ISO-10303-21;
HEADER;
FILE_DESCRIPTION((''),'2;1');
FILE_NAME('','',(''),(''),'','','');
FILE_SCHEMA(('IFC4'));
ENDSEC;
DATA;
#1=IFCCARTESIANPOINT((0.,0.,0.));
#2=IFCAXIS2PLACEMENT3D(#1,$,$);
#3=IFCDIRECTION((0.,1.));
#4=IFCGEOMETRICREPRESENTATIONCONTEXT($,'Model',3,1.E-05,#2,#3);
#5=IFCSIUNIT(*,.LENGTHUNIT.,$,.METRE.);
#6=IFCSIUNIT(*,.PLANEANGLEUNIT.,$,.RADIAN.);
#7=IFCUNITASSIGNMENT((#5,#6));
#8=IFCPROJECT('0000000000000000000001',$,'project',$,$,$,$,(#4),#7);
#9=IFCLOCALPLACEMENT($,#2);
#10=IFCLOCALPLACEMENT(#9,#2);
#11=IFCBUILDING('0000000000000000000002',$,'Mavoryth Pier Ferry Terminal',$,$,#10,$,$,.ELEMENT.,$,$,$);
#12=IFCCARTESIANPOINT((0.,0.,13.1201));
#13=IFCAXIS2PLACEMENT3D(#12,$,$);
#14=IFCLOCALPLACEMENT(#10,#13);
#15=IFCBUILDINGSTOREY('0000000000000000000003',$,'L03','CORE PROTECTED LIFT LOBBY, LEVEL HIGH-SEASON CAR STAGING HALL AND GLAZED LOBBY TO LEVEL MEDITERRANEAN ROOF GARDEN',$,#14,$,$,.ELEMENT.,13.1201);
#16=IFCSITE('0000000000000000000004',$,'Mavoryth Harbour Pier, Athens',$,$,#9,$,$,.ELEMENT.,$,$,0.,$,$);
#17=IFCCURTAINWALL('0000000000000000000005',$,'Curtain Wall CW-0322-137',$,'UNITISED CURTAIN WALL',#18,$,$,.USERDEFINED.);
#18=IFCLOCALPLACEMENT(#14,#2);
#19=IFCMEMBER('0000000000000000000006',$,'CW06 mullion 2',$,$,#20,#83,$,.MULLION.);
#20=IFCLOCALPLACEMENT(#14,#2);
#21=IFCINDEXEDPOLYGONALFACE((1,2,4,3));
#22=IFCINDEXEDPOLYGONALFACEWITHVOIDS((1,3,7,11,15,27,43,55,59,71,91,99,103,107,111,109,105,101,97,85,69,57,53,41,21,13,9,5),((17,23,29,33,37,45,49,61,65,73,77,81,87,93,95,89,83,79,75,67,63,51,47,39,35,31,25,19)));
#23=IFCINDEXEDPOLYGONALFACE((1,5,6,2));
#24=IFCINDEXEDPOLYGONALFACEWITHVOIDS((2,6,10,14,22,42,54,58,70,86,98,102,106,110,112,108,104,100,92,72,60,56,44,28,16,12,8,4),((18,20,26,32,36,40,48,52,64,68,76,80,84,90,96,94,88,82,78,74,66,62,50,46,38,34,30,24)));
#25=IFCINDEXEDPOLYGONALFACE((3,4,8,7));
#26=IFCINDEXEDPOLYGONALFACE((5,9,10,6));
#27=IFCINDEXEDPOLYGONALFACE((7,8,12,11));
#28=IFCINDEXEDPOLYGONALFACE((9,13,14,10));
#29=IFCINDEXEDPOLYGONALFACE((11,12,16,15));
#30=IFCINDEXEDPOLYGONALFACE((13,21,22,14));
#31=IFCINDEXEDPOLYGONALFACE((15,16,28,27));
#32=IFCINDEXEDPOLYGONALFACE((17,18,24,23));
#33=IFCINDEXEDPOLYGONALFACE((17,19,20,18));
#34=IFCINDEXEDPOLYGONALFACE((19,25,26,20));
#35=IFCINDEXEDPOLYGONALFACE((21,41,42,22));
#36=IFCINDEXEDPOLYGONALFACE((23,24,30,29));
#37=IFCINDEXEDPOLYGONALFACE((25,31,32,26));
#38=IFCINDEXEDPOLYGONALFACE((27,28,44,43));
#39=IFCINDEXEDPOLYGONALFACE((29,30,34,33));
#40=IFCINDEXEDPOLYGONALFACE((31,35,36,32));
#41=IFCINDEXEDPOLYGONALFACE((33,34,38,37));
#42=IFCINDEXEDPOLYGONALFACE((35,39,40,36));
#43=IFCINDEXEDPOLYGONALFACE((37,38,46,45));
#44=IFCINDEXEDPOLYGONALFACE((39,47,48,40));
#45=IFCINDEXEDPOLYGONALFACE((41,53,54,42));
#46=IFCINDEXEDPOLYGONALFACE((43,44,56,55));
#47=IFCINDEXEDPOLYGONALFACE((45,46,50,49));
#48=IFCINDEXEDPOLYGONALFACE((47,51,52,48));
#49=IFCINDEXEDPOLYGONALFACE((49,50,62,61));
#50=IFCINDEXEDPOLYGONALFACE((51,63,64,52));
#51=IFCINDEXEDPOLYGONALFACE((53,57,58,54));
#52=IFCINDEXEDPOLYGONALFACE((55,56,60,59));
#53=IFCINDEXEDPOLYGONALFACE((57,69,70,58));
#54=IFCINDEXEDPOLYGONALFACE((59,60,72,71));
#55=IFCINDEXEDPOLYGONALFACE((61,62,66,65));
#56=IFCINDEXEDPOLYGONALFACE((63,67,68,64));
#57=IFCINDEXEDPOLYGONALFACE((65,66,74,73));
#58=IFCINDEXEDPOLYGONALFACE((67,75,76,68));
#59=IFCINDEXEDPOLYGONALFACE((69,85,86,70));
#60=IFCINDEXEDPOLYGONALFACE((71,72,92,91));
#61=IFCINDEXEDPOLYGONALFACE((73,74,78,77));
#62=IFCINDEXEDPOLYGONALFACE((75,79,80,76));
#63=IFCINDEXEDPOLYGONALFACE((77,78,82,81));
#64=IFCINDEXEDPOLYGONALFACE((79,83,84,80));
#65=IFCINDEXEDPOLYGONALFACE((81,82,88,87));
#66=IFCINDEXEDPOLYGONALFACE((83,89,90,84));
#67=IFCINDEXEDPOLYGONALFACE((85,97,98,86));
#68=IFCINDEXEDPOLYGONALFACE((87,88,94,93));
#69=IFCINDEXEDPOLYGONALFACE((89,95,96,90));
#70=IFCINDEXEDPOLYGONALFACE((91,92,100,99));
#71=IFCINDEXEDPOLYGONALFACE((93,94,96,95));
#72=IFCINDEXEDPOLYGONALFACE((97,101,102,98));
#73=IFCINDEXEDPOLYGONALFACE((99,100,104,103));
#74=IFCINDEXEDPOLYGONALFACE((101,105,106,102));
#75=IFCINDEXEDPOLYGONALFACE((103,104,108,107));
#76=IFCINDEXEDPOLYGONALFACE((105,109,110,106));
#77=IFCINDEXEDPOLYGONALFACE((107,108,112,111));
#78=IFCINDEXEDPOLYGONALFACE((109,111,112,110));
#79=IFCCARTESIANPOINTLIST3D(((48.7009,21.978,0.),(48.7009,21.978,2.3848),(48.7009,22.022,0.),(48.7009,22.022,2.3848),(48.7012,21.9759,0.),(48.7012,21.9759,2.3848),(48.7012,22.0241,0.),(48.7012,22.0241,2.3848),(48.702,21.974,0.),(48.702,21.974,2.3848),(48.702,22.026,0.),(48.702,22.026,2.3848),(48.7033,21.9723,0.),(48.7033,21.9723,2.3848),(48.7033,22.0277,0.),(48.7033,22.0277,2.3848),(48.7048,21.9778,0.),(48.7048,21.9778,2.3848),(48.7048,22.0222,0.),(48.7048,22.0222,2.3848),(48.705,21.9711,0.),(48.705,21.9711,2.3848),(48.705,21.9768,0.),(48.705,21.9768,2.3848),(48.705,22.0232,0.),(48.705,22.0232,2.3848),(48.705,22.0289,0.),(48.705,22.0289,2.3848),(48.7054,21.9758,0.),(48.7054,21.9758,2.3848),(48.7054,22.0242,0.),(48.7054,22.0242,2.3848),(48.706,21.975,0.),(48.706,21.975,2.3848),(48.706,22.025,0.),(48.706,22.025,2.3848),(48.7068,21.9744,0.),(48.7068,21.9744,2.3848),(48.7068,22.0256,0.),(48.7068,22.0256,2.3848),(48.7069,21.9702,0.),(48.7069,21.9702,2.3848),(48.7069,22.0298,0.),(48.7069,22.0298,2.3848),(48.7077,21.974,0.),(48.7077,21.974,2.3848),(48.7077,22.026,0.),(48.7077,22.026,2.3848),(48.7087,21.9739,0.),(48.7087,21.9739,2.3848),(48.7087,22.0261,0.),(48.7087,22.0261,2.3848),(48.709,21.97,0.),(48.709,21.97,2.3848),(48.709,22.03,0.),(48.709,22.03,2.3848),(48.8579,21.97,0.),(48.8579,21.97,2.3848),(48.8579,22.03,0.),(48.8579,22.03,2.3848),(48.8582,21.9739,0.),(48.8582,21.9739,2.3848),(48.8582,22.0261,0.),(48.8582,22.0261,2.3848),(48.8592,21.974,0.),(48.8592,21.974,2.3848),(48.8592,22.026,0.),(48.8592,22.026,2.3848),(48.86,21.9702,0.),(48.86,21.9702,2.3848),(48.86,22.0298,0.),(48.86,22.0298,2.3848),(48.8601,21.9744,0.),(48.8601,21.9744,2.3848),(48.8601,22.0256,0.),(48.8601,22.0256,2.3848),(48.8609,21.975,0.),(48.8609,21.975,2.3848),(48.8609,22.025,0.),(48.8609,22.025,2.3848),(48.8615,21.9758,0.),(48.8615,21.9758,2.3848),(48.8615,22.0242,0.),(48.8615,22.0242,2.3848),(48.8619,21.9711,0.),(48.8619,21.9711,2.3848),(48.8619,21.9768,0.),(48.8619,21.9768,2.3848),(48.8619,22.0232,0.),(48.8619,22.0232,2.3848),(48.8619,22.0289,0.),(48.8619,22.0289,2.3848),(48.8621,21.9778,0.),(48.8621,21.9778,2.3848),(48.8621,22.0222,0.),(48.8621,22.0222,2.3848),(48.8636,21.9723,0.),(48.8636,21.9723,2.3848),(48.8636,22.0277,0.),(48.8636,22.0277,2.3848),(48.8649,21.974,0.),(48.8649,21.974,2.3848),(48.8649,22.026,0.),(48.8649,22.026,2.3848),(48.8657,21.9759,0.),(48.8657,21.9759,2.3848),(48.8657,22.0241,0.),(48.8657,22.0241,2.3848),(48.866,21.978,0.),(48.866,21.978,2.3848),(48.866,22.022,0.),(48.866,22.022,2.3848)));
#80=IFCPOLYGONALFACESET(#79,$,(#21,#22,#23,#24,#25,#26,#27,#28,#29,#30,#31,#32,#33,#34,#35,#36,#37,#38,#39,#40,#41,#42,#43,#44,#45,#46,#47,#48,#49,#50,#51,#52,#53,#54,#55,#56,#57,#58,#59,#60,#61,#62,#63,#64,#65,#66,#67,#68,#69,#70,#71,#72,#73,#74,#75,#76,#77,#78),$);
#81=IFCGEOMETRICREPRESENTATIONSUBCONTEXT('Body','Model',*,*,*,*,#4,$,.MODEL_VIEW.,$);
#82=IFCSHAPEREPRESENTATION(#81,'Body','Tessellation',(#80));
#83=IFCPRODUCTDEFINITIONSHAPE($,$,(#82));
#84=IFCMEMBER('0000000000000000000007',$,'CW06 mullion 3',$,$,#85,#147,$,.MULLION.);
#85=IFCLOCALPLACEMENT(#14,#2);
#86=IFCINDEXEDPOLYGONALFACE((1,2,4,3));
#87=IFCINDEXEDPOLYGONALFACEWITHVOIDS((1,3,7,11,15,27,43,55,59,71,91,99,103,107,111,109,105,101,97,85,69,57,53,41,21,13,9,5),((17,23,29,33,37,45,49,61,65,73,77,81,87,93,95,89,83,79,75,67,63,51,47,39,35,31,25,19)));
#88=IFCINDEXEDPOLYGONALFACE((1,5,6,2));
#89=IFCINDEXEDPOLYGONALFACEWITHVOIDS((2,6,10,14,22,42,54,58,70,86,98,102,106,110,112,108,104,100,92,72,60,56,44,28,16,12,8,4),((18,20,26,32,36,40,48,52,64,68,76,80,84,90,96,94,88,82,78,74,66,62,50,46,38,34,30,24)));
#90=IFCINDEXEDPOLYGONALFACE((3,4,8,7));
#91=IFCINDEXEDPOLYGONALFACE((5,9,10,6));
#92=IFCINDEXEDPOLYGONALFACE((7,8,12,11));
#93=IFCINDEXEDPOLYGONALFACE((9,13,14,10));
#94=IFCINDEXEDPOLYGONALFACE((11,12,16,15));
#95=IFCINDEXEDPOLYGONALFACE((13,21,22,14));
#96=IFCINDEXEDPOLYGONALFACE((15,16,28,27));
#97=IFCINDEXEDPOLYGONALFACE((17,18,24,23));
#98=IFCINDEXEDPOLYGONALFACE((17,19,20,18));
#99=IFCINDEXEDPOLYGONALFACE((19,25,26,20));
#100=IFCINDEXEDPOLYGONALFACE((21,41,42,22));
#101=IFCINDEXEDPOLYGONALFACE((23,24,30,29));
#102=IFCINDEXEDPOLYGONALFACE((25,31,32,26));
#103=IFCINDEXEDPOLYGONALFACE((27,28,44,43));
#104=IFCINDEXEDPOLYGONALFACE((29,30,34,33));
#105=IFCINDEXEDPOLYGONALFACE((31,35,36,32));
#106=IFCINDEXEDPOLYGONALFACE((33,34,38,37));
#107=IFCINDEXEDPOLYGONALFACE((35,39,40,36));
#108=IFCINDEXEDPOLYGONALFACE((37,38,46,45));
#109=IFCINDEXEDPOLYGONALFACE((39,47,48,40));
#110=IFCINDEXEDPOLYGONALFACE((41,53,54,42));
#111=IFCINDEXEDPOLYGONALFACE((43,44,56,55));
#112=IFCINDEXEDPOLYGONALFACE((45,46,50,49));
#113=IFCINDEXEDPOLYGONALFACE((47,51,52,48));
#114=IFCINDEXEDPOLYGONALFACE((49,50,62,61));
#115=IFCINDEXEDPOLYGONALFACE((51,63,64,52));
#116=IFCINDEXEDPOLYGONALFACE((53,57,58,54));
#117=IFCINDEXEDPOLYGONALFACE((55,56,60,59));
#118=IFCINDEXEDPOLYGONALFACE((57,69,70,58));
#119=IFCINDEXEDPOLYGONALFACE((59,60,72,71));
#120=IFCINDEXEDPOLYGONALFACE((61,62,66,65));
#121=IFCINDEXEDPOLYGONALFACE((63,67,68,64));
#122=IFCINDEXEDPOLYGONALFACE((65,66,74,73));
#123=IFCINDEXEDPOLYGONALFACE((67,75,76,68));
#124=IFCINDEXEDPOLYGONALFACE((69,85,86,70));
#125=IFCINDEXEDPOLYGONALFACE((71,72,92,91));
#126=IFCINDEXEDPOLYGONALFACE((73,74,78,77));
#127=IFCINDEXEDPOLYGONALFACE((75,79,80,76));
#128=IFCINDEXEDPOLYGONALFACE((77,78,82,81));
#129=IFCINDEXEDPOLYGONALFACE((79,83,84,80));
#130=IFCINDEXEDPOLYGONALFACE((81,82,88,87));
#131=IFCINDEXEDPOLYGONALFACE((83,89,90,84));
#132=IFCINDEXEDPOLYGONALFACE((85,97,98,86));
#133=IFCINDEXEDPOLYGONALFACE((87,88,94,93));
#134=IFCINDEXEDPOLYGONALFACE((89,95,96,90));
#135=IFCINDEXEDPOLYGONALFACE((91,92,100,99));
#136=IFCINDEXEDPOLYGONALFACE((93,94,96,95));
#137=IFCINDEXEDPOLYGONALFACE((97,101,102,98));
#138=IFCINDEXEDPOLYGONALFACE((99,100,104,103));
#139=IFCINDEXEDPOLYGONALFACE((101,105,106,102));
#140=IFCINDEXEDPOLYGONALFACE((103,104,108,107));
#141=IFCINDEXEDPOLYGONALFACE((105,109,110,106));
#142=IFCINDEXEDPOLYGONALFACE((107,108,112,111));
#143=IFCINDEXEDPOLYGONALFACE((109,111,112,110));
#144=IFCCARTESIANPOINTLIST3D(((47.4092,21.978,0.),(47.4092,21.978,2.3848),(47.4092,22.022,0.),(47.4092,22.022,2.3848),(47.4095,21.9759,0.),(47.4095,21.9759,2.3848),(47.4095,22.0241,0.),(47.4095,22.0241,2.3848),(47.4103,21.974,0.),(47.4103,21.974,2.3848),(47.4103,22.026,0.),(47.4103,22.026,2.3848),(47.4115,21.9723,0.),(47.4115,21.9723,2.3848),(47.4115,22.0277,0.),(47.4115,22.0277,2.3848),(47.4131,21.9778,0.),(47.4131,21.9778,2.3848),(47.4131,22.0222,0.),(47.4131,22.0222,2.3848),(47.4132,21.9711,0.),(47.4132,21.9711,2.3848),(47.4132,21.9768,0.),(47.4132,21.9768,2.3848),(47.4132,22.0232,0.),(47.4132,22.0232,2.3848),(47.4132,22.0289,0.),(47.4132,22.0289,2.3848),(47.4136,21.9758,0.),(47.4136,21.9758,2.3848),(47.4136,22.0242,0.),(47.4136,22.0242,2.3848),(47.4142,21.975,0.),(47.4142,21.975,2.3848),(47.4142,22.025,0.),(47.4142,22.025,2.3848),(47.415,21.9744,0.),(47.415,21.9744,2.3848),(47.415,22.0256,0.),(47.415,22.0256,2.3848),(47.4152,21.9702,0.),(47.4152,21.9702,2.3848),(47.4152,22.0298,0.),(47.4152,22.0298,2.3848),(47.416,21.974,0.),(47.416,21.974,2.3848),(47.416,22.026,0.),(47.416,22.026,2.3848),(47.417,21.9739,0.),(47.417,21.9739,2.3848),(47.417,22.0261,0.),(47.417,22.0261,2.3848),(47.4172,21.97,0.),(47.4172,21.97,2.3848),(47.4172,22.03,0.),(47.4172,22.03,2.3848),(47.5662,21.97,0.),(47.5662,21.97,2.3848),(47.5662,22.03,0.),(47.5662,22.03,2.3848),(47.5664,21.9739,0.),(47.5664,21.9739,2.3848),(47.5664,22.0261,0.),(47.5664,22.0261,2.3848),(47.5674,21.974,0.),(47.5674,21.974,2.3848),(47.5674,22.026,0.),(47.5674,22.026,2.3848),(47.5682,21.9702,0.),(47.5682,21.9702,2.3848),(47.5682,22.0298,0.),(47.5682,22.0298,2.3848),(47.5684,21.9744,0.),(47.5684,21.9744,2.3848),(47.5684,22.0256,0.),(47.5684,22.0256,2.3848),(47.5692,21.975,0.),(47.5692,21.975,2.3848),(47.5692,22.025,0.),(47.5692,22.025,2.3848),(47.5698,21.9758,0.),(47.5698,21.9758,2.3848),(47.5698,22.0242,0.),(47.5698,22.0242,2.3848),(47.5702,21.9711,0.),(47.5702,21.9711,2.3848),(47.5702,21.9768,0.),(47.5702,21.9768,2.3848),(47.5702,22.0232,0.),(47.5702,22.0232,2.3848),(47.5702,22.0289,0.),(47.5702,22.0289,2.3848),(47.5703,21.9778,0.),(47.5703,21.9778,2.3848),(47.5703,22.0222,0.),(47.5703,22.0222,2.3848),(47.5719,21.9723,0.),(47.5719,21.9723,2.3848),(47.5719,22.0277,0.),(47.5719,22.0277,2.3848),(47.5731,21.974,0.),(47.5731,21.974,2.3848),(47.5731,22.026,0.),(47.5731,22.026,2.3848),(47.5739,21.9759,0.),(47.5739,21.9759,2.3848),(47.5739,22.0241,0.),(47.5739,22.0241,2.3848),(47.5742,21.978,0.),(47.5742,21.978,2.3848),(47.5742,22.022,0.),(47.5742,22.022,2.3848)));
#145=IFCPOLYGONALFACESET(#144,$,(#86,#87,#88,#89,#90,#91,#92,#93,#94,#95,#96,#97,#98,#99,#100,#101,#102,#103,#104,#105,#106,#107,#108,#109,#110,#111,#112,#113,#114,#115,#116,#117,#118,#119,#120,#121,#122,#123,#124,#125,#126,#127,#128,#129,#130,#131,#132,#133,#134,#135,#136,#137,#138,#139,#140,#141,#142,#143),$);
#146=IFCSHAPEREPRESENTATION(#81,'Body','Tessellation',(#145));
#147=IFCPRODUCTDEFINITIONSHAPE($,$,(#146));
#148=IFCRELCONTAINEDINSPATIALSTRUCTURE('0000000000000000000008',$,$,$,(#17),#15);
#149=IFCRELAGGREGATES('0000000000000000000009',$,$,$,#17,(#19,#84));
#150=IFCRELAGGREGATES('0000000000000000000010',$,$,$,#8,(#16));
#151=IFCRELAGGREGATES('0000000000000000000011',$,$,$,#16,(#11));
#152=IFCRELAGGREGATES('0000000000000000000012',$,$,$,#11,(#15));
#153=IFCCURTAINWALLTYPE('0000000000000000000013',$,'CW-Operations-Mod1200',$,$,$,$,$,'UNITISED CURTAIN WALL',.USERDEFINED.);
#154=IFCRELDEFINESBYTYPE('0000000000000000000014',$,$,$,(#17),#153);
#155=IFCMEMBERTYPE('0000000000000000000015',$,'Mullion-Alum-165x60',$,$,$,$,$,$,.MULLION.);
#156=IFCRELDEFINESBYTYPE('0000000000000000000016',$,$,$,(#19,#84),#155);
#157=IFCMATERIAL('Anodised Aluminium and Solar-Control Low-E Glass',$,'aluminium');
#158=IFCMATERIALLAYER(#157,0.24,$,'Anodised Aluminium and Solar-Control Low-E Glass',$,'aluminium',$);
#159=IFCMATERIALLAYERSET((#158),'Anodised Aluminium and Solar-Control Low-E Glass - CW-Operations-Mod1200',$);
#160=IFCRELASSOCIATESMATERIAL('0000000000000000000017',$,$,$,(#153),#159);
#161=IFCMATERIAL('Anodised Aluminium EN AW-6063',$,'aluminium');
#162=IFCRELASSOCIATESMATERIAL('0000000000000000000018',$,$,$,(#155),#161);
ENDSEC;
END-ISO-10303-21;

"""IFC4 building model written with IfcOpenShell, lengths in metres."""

from ifc_helpers import new_model, si_unit, direction, frame, origin, origin_2d, place, context, subcontext, project, spatial, hollow_rectangle, extrude, material, layer, layer_set, material_profile, profile_set, type_object, element, aggregate, save


model = new_model("IFC4")

# Units and contexts
model_context = context("Model", 3, precision=1e-05, world=origin(), true_north=direction((0.0, 1.0)))
body_context = subcontext(model_context, "Body", "Model", "MODEL_VIEW")
ifc_project = project(units=[si_unit("LENGTHUNIT", "METRE"), si_unit("PLANEANGLEUNIT", "RADIAN")], contexts=[model_context])

# Site, building, storey
site_placement = place(None, origin())
site = spatial("IfcSite", under=ifc_project, at=site_placement, Name="Mavoryth Harbour Pier, Athens", CompositionType="ELEMENT", RefElevation=0.0)
building_placement = place(site_placement, origin())
building = spatial("IfcBuilding", under=site, at=building_placement, Name="Mavoryth Pier Ferry Terminal", CompositionType="ELEMENT")
storey_placement = place(building_placement, frame((0.0, 0.0, 13.1201)))
storey = spatial("IfcBuildingStorey", under=building, at=storey_placement, Name="L03", Description="CORE PROTECTED LIFT LOBBY, LEVEL HIGH-SEASON CAR STAGING HALL AND GLAZED LOBBY TO LEVEL MEDITERRANEAN ROOF GARDEN", CompositionType="ELEMENT", Elevation=13.1201)

# Curtain wall, members
ifc_material_1 = material(Name="Anodised Aluminium and Solar-Control Low-E Glass", Category="aluminium")
ifc_layer_1 = layer(ifc_material_1, 0.24, Name="Anodised Aluminium and Solar-Control Low-E Glass", Category="aluminium")
ifc_layer_set_1 = layer_set([ifc_layer_1], Name="Anodised Aluminium and Solar-Control Low-E Glass - CW-Operations-Mod1200")
curtain_wall_type = type_object("IfcCurtainWallType", Name="CW-Operations-Mod1200", ElementType="UNITISED CURTAIN WALL", PredefinedType="USERDEFINED", material=ifc_layer_set_1)
curtain_wall_1_placement = place(storey_placement, origin())
curtain_wall_1 = element("IfcCurtainWall", 1, at=curtain_wall_1_placement, inside=storey, type_object=curtain_wall_type, Name="Curtain Wall CW-0322-137", ObjectType="UNITISED CURTAIN WALL", PredefinedType="USERDEFINED")
ifc_material_2 = material(Name="Anodised Aluminium EN AW-6063", Category="aluminium")
ifc_material_profile_1 = material_profile(ifc_material_2, hollow_rectangle(XDim=0.0601, YDim=0.165, WallThickness=0.0039, InnerFilletRadius=0.0039, OuterFilletRadius=0.0081, at=origin_2d()), Name="AL-MULL 165x60x4", Category="aluminium")
ifc_profile_set_1 = profile_set([ifc_material_profile_1], Name="Anodised Aluminium EN AW-6063 - AL-MULL 165x60x4")
member_type_1 = type_object("IfcMemberType", Name="Mullion-Alum-165x60", PredefinedType="MULLION", material=ifc_profile_set_1)
member_1_placement = place(storey_placement, frame((48.7834, 22.0, 0.0), z_axis=(0.0, 0.0, 1.0), x_axis=(0.0, -1.0, 0.0)))
member_1 = element("IfcMember", 2, at=member_1_placement, type_object=member_type_1, Name="CW06 mullion 2", PredefinedType="MULLION", context=body_context, shape_type="SweptSolid", body=[
    extrude(hollow_rectangle(XDim=0.0601, YDim=0.165, WallThickness=0.0039, InnerFilletRadius=0.0039, OuterFilletRadius=0.0081, at=origin_2d()), origin(), (0.0, 0.0, 1.0), 2.3848),
])
member_2_placement = place(storey_placement, frame((47.4917, 22.0, 0.0), z_axis=(0.0, 0.0, 1.0), x_axis=(0.0, -1.0, 0.0)))
member_2 = element("IfcMember", 3, at=member_2_placement, type_object=member_type_1, Name="CW06 mullion 3", PredefinedType="MULLION", context=body_context, shape_type="SweptSolid", body=[
    extrude(hollow_rectangle(XDim=0.0601, YDim=0.165, WallThickness=0.0039, InnerFilletRadius=0.0039, OuterFilletRadius=0.0081, at=origin_2d()), origin(), (0.0, 0.0, 1.0), 2.3848),
])

aggregate(curtain_wall_1, [member_1, member_2])

save(model, "model.ifc")
